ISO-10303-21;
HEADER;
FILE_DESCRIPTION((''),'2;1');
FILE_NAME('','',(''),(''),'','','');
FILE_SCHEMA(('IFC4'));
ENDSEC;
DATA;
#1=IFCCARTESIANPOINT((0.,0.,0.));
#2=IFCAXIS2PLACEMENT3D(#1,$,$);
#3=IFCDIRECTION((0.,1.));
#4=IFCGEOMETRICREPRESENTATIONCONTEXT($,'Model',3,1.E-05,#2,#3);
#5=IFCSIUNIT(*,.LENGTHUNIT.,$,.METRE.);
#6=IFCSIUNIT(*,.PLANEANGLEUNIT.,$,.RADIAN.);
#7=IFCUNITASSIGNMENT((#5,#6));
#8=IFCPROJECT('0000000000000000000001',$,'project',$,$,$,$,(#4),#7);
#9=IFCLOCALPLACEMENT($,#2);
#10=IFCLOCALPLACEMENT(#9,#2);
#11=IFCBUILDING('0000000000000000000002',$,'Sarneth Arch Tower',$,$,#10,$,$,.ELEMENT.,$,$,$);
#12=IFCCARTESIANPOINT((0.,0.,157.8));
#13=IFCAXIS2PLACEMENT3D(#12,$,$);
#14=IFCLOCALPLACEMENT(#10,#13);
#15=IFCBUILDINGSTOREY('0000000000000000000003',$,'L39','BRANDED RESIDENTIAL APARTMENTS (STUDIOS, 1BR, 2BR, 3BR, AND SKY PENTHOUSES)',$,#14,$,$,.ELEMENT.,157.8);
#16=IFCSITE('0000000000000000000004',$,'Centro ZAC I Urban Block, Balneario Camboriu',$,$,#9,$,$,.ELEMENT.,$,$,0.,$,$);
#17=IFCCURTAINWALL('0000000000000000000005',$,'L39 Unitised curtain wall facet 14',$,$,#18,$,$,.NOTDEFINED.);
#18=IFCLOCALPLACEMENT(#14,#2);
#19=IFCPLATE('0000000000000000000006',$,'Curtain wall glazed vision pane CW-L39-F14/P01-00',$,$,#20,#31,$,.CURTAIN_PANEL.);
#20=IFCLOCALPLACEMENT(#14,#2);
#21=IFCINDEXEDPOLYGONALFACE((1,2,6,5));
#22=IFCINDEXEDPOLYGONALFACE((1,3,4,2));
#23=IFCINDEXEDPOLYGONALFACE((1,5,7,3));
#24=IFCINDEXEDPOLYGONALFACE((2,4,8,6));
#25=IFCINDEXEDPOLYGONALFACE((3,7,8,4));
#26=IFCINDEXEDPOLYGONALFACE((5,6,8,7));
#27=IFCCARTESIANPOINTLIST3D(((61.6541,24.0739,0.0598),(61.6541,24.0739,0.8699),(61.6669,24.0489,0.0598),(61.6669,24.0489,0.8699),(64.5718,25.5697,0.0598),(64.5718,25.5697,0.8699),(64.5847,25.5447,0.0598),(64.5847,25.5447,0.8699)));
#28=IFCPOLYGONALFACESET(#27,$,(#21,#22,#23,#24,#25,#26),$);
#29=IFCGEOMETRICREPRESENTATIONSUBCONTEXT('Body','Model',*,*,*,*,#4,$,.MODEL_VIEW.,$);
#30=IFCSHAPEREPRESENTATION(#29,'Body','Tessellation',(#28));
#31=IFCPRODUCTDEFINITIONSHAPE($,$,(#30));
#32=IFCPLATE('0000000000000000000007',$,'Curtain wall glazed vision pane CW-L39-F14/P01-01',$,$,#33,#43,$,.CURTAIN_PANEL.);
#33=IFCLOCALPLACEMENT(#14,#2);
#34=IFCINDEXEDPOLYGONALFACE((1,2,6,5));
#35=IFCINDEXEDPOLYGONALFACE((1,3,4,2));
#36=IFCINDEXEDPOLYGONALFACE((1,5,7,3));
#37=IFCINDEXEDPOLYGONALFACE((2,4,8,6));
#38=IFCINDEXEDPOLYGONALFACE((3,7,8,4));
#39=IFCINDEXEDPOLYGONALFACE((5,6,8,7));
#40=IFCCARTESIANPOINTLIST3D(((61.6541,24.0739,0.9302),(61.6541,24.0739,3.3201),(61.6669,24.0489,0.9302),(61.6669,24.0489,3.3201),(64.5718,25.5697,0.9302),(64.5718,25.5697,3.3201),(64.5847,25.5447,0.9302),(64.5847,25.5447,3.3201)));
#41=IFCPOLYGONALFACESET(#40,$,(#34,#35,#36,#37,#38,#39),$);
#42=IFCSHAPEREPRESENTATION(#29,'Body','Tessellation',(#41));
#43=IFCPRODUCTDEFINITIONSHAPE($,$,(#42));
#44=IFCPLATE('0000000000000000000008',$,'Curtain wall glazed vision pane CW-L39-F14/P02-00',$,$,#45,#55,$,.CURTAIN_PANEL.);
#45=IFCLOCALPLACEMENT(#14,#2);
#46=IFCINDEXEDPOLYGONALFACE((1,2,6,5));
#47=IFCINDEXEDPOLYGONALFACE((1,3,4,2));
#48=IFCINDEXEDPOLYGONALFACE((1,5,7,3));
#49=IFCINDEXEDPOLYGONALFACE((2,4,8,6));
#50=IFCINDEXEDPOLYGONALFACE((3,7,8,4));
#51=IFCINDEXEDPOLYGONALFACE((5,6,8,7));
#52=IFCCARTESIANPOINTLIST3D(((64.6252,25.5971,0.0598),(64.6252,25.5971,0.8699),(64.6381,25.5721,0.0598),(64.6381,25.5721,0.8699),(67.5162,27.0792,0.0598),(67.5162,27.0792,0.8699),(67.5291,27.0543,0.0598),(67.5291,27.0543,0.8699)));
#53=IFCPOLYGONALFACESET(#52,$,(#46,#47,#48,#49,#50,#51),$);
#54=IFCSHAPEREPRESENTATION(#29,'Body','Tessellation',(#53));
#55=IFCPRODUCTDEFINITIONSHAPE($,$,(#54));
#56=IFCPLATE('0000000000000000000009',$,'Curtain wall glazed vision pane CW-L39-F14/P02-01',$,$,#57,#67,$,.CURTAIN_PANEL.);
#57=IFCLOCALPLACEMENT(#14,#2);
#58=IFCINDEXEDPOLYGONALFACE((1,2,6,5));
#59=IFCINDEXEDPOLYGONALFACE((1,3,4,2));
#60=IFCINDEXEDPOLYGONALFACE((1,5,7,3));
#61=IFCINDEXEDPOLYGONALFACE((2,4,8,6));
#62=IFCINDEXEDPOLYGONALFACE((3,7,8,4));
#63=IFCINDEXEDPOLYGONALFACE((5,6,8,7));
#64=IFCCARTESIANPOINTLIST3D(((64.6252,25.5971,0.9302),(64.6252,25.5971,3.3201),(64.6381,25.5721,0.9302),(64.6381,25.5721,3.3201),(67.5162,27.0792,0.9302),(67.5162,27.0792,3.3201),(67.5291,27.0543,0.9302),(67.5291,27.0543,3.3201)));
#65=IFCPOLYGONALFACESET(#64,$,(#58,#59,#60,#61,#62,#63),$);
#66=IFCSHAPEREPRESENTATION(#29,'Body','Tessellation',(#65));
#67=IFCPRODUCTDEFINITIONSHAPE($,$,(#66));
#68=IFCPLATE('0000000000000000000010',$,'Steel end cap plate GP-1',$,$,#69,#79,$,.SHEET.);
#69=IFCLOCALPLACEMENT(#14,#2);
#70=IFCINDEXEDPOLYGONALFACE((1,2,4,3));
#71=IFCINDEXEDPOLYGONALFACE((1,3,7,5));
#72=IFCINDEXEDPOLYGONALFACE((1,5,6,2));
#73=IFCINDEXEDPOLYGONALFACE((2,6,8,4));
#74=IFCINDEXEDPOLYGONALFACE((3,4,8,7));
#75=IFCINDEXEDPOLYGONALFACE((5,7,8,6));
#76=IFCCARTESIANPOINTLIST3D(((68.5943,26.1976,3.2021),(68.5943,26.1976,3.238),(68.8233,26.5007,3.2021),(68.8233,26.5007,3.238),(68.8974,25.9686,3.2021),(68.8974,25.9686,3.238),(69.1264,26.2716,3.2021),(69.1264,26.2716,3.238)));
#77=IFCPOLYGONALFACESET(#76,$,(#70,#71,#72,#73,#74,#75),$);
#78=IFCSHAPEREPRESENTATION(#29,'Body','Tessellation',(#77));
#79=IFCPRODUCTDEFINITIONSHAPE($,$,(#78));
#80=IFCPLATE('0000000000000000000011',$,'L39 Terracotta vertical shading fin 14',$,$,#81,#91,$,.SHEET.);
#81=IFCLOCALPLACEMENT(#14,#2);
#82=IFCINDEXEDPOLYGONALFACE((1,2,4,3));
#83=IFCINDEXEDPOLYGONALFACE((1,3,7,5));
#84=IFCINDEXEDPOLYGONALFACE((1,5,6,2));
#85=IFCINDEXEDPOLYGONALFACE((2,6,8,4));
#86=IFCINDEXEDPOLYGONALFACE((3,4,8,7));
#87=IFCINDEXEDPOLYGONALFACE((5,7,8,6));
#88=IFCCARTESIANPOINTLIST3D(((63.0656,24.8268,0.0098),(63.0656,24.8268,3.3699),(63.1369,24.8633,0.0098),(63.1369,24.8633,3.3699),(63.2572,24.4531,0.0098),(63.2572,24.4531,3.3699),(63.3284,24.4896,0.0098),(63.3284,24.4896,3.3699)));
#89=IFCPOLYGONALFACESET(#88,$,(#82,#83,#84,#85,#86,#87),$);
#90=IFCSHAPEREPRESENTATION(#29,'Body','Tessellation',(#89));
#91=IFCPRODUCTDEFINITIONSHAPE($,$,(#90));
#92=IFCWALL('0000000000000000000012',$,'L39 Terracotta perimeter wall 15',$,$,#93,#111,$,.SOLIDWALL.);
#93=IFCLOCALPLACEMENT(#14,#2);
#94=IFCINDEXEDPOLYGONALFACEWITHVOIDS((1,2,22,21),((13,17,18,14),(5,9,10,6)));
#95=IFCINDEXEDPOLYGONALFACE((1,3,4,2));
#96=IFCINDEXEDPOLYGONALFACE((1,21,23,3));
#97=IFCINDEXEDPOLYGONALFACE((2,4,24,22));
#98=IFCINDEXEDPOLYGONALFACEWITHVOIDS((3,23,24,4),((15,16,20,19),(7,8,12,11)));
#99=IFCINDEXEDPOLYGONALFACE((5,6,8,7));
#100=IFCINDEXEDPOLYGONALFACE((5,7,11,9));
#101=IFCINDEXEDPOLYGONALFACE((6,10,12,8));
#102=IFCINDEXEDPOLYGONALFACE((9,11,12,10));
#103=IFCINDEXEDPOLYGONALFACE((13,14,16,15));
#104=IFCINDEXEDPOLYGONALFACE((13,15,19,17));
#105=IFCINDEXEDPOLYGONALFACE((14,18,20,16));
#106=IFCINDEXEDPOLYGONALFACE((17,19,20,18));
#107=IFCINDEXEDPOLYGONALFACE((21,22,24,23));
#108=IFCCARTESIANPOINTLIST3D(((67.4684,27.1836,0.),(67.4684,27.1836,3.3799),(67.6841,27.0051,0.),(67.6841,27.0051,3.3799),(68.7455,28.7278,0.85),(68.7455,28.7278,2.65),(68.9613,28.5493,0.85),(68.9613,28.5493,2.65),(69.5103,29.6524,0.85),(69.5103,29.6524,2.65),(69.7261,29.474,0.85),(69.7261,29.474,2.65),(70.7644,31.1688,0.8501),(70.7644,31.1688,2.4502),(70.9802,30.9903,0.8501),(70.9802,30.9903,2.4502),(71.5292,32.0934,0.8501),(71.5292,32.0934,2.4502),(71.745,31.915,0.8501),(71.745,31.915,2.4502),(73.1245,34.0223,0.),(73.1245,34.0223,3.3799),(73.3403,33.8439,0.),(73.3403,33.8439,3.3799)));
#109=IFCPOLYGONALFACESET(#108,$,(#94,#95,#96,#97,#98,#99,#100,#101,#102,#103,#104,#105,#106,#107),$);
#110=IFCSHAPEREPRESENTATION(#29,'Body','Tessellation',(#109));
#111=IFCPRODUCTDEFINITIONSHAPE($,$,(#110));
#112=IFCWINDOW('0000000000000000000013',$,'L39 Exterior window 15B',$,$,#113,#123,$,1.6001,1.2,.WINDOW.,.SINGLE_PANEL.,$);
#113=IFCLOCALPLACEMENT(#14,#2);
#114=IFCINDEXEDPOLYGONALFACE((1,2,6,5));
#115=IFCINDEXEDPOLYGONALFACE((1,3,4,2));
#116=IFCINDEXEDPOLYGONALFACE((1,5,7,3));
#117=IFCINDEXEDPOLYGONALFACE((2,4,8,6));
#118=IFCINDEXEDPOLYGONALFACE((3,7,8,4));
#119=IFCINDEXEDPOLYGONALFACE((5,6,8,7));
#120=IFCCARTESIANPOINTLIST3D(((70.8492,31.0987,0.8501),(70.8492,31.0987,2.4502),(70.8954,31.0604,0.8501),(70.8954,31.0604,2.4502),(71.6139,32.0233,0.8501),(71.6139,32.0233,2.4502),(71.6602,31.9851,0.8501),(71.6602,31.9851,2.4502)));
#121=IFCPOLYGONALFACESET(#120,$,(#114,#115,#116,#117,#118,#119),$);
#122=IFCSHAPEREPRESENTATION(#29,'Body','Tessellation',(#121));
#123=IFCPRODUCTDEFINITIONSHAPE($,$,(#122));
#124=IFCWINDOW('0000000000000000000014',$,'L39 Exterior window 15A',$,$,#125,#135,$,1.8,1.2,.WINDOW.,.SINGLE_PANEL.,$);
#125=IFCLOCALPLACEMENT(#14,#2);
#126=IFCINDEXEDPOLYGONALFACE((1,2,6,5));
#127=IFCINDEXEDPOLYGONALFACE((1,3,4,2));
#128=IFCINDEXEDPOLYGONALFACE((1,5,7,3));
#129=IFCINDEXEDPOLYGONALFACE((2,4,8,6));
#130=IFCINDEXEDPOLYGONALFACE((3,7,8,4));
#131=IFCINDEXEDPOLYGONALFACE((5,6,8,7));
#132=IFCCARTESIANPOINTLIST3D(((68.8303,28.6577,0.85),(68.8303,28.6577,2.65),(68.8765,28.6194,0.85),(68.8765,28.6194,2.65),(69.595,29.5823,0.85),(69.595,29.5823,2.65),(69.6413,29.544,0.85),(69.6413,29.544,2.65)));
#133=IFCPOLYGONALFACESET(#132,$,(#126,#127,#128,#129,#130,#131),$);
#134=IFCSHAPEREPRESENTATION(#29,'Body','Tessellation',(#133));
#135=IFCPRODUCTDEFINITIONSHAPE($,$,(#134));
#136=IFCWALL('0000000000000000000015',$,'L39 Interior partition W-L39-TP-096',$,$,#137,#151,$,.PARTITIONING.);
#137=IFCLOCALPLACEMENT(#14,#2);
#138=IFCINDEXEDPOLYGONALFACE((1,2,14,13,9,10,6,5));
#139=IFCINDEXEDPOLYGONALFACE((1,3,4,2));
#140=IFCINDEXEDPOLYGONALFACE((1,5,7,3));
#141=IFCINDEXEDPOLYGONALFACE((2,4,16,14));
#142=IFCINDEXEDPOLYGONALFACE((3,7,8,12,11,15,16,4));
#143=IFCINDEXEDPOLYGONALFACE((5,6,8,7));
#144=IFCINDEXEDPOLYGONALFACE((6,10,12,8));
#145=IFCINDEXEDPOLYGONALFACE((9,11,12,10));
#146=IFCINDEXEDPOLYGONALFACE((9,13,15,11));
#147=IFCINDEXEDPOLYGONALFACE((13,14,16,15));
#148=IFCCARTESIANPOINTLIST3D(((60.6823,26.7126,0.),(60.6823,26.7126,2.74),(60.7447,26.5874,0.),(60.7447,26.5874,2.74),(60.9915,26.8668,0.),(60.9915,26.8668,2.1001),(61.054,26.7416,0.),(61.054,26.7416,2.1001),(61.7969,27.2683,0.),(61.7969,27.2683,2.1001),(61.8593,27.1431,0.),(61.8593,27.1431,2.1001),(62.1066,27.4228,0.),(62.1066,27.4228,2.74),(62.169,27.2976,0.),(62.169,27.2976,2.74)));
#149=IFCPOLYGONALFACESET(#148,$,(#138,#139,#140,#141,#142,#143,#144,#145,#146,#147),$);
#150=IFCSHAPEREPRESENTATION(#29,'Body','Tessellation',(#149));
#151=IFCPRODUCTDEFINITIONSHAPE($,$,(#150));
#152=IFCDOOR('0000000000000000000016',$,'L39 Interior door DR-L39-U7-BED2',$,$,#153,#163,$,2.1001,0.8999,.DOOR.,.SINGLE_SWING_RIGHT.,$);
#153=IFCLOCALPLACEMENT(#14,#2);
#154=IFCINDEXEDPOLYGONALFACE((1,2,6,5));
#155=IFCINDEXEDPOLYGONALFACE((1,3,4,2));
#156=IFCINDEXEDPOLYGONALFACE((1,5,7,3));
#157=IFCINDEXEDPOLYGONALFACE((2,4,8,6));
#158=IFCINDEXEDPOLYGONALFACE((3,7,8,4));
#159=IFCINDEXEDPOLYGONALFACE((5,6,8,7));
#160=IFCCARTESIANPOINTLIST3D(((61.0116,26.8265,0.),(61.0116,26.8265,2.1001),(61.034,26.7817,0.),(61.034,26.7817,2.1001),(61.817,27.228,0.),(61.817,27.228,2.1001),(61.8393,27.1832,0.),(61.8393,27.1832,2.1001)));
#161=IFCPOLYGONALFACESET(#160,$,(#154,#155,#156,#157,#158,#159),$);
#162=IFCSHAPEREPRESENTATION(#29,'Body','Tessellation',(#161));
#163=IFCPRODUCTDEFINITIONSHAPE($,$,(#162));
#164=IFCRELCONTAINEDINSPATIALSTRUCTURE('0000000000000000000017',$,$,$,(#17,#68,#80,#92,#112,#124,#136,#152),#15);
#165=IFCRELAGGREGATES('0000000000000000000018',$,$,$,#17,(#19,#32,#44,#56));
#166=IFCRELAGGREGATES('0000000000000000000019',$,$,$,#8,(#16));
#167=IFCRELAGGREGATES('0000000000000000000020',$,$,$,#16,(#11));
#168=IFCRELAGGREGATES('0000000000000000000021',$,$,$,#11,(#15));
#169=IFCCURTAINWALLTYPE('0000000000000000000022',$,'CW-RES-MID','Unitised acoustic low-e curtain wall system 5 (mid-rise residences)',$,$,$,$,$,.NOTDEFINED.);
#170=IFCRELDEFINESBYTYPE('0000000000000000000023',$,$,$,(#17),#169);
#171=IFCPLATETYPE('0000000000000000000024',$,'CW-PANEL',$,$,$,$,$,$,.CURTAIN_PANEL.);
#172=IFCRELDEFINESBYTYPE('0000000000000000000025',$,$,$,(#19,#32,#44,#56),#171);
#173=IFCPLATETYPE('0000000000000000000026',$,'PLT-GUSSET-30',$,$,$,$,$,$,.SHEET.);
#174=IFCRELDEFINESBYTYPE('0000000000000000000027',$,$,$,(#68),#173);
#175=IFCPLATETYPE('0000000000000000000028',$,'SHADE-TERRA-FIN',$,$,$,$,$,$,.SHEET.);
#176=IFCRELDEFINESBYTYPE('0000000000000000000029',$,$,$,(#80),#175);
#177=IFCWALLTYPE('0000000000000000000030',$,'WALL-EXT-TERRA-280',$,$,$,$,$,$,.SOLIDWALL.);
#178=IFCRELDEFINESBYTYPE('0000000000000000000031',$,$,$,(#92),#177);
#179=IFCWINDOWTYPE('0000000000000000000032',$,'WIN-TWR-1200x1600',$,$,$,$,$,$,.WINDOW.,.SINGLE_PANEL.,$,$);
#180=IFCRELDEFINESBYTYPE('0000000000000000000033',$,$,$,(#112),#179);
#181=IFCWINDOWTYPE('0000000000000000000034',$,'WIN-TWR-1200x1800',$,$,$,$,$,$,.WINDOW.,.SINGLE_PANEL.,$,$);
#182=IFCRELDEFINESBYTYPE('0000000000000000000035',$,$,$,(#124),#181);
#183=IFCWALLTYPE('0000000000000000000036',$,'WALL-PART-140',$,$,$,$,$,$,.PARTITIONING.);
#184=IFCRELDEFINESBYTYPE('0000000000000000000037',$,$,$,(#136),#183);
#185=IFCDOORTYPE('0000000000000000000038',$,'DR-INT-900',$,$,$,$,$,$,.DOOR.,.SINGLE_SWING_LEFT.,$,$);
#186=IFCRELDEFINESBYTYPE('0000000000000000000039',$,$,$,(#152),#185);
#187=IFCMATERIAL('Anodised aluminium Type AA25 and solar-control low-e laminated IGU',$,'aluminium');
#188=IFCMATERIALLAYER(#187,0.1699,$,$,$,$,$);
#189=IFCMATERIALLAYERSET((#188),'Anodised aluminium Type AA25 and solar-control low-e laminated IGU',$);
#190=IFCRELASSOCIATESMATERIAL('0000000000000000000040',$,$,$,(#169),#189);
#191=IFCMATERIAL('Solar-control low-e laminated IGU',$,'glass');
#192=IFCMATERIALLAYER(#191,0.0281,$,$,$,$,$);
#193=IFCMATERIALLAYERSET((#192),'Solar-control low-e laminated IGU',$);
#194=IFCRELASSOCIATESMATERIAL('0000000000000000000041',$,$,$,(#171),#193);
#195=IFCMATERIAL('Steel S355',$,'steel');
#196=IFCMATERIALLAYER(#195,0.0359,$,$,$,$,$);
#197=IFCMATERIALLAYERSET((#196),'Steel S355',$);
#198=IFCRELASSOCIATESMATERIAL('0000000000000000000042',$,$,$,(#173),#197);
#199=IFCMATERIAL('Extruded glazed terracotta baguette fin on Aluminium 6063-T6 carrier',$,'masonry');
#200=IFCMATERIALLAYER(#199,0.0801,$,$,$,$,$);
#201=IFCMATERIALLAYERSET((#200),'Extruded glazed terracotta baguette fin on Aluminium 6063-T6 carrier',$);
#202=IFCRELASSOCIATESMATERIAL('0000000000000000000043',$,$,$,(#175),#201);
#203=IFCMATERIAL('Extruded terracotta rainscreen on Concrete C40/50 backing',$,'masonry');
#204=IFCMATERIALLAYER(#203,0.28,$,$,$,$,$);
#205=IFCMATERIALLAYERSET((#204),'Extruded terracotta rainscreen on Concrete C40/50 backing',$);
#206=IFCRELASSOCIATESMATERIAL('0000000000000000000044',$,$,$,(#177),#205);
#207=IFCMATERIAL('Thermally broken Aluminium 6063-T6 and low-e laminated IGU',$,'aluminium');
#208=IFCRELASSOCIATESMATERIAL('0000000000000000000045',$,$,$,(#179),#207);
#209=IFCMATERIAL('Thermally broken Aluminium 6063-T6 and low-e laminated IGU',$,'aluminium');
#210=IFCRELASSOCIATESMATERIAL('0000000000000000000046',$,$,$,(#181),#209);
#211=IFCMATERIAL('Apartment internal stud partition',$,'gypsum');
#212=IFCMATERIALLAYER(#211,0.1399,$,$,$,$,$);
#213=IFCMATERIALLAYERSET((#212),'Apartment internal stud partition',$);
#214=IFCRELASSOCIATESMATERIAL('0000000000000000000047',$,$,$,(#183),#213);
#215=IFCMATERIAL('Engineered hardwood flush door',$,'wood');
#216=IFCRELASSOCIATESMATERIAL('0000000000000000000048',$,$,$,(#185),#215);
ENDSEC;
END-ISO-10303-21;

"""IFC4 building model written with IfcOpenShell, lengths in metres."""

from ifc_helpers import new_model, si_unit, direction, frame, frame_2d, origin, origin_2d, place, context, subcontext, project, spatial, rectangle, extrude, material, layer, layer_set, type_object, element, fill, aggregate, save


model = new_model("IFC4")

# Units and contexts
model_context = context("Model", 3, precision=1e-05, world=origin(), true_north=direction((0.0, 1.0)))
body_context = subcontext(model_context, "Body", "Model", "MODEL_VIEW")
ifc_project = project(units=[si_unit("LENGTHUNIT", "METRE"), si_unit("PLANEANGLEUNIT", "RADIAN")], contexts=[model_context])

# Site, building, storey
site_placement = place(None, origin())
site = spatial("IfcSite", under=ifc_project, at=site_placement, Name="Centro ZAC I Urban Block, Balneario Camboriu", CompositionType="ELEMENT", RefElevation=0.0)
building_placement = place(site_placement, origin())
building = spatial("IfcBuilding", under=site, at=building_placement, Name="Sarneth Arch Tower", CompositionType="ELEMENT")
storey_placement = place(building_placement, frame((0.0, 0.0, 157.8)))
storey = spatial("IfcBuildingStorey", under=building, at=storey_placement, Name="L39", Description="BRANDED RESIDENTIAL APARTMENTS (STUDIOS, 1BR, 2BR, 3BR, AND SKY PENTHOUSES)", CompositionType="ELEMENT", Elevation=157.8)

# Curtain wall, plates
ifc_material_1 = material(Name="Anodised aluminium Type AA25 and solar-control low-e laminated IGU", Category="aluminium")
ifc_layer_1 = layer(ifc_material_1, 0.1699)
ifc_layer_set_1 = layer_set([ifc_layer_1], Name="Anodised aluminium Type AA25 and solar-control low-e laminated IGU")
curtain_wall_type = type_object("IfcCurtainWallType", Name="CW-RES-MID", Description="Unitised acoustic low-e curtain wall system 5 (mid-rise residences)", PredefinedType="NOTDEFINED", material=ifc_layer_set_1)
curtain_wall_placement = place(storey_placement, origin())
curtain_wall = element("IfcCurtainWall", 1, at=curtain_wall_placement, inside=storey, type_object=curtain_wall_type, Name="L39 Unitised curtain wall facet 14", PredefinedType="NOTDEFINED")
ifc_material_2 = material(Name="Solar-control low-e laminated IGU", Category="glass")
ifc_layer_2 = layer(ifc_material_2, 0.0281)
ifc_layer_set_2 = layer_set([ifc_layer_2], Name="Solar-control low-e laminated IGU")
plate_type_1 = type_object("IfcPlateType", Name="CW-PANEL", PredefinedType="CURTAIN_PANEL", material=ifc_layer_set_2)
plate_1_placement = place(storey_placement, frame((63.1194, 24.8093, 0.0598), z_axis=(0.0, 0.0, 1.0), x_axis=(0.889873, 0.456208, 0.0)))
plate_1 = element("IfcPlate", 2, at=plate_1_placement, type_object=plate_type_1, Name="Curtain wall glazed vision pane CW-L39-F14/P01-00", PredefinedType="CURTAIN_PANEL", context=body_context, shape_type="SweptSolid", body=[
    extrude(rectangle(XDim=3.2788, YDim=0.0281, at=origin_2d()), origin(), (0.0, 0.0, 1.0), 0.8101),
])
plate_2_placement = place(storey_placement, frame((63.1194, 24.8093, 0.9302), z_axis=(0.0, 0.0, 1.0), x_axis=(0.889873, 0.456208, 0.0)))
plate_2 = element("IfcPlate", 3, at=plate_2_placement, type_object=plate_type_1, Name="Curtain wall glazed vision pane CW-L39-F14/P01-01", PredefinedType="CURTAIN_PANEL", context=body_context, shape_type="SweptSolid", body=[
    extrude(rectangle(XDim=3.2788, YDim=0.0281, at=origin_2d()), origin(), (0.0, 0.0, 1.0), 2.3899),
])
plate_3_placement = place(storey_placement, frame((66.0771, 26.3257, 0.0598), z_axis=(0.0, 0.0, 1.0), x_axis=(0.889873, 0.456208, 0.0)))
plate_3 = element("IfcPlate", 4, at=plate_3_placement, type_object=plate_type_1, Name="Curtain wall glazed vision pane CW-L39-F14/P02-00", PredefinedType="CURTAIN_PANEL", context=body_context, shape_type="SweptSolid", body=[
    extrude(rectangle(XDim=3.2488, YDim=0.0281, at=origin_2d()), origin(), (0.0, 0.0, 1.0), 0.8101),
])
plate_4_placement = place(storey_placement, frame((66.0771, 26.3257, 0.9302), z_axis=(0.0, 0.0, 1.0), x_axis=(0.889873, 0.456208, 0.0)))
plate_4 = element("IfcPlate", 5, at=plate_4_placement, type_object=plate_type_1, Name="Curtain wall glazed vision pane CW-L39-F14/P02-01", PredefinedType="CURTAIN_PANEL", context=body_context, shape_type="SweptSolid", body=[
    extrude(rectangle(XDim=3.2488, YDim=0.0281, at=origin_2d()), origin(), (0.0, 0.0, 1.0), 2.3899),
])
aggregate(curtain_wall, [plate_1, plate_2, plate_3, plate_4])

# Plates
ifc_material_3 = material(Name="Steel S355", Category="steel")
ifc_layer_3 = layer(ifc_material_3, 0.0359)
ifc_layer_set_3 = layer_set([ifc_layer_3], Name="Steel S355")
plate_type_2 = type_object("IfcPlateType", Name="PLT-GUSSET-30", PredefinedType="SHEET", material=ifc_layer_set_3)
plate_5_placement = place(storey_placement, frame((68.8604, 26.2346, 3.2021), z_axis=(0.0, 0.0, 1.0), x_axis=(0.797794, -0.60293, 0.0)))
element("IfcPlate", 6, at=plate_5_placement, inside=storey, type_object=plate_type_2, Name="Steel end cap plate GP-1", PredefinedType="SHEET", context=body_context, shape_type="SweptSolid", body=[
    extrude(rectangle(XDim=0.3799, YDim=0.3799, at=origin_2d()), origin(), (0.0, 0.0, 1.0), 0.0359),
])
ifc_material_4 = material(Name="Extruded glazed terracotta baguette fin on Aluminium 6063-T6 carrier", Category="masonry")
ifc_layer_4 = layer(ifc_material_4, 0.0801)
ifc_layer_set_4 = layer_set([ifc_layer_4], Name="Extruded glazed terracotta baguette fin on Aluminium 6063-T6 carrier")
plate_type_3 = type_object("IfcPlateType", Name="SHADE-TERRA-FIN", PredefinedType="SHEET", material=ifc_layer_set_4)
plate_6_placement = place(storey_placement, frame((63.197, 24.6582, 0.0098), z_axis=(0.0, 0.0, 1.0), x_axis=(0.456166, -0.889895, 0.0)))
element("IfcPlate", 7, at=plate_6_placement, inside=storey, type_object=plate_type_3, Name="L39 Terracotta vertical shading fin 14", PredefinedType="SHEET", context=body_context, shape_type="SweptSolid", body=[
    extrude(rectangle(XDim=0.4199, YDim=0.0801, at=origin_2d()), origin(), (0.0, 0.0, 1.0), 3.3601),
])

# Wall, openings, windows
ifc_material_5 = material(Name="Extruded terracotta rainscreen on Concrete C40/50 backing", Category="masonry")
ifc_layer_5 = layer(ifc_material_5, 0.28)
ifc_layer_set_5 = layer_set([ifc_layer_5], Name="Extruded terracotta rainscreen on Concrete C40/50 backing")
wall_type_1 = type_object("IfcWallType", Name="WALL-EXT-TERRA-280", PredefinedType="SOLIDWALL", material=ifc_layer_set_5)
wall_1_placement = place(storey_placement, frame((67.5762, 27.0942, 0.0), z_axis=(0.0, 0.0, 1.0), x_axis=(0.637333, 0.770588, 0.0)))
wall_1 = element("IfcWall", 8, at=wall_1_placement, inside=storey, type_object=wall_type_1, Name="L39 Terracotta perimeter wall 15", PredefinedType="SOLIDWALL", context=body_context, shape_type="SweptSolid", body=[
    extrude(rectangle(XDim=8.8748, YDim=0.28, at=frame_2d((4.4375, 0.0))), origin(), (0.0, 0.0, 1.0), 3.3799),
])
opening_1_placement = place(wall_1_placement, frame((2.0039, 0.0, 0.8501)))
opening_1 = element("IfcOpeningElement", 9, at=opening_1_placement, cuts=wall_1, PredefinedType="OPENING", context=body_context, shape_type="SweptSolid", body=[
    extrude(rectangle(XDim=1.2, YDim=1.8, at=frame_2d((0.6001, 0.8999))), frame((0.0, 0.1499, 0.0), z_axis=(0.0, -1.0, 0.0), x_axis=(1.0, 0.0, 0.0)), (0.0, 0.0, 1.0), 0.3),
])
opening_2_placement = place(wall_1_placement, frame((5.1716, 0.0, 0.8501)))
opening_2 = element("IfcOpeningElement", 10, at=opening_2_placement, cuts=wall_1, PredefinedType="OPENING", context=body_context, shape_type="SweptSolid", body=[
    extrude(rectangle(XDim=1.2, YDim=1.6001, at=frame_2d((0.6001, 0.8))), frame((0.0, 0.1499, 0.0), z_axis=(0.0, -1.0, 0.0), x_axis=(1.0, 0.0, 0.0)), (0.0, 0.0, 1.0), 0.3),
])
ifc_material_6 = material(Name="Thermally broken Aluminium 6063-T6 and low-e laminated IGU", Category="aluminium")
window_type_1 = type_object("IfcWindowType", Name="WIN-TWR-1200x1600", PartitioningType="SINGLE_PANEL", PredefinedType="WINDOW", material=ifc_material_6)
window_1_placement = place(opening_2_placement, origin())
window_1 = element("IfcWindow", 11, at=window_1_placement, inside=storey, type_object=window_type_1, Name="L39 Exterior window 15B", OverallHeight=1.6001, OverallWidth=1.2, PartitioningType="SINGLE_PANEL", PredefinedType="WINDOW", context=body_context, shape_type="SweptSolid", body=[
    extrude(rectangle(XDim=1.2, YDim=1.6001, at=frame_2d((0.6001, 0.8))), frame((0.0, 0.03, 0.0), z_axis=(0.0, -1.0, 0.0), x_axis=(1.0, 0.0, 0.0)), (0.0, 0.0, 1.0), 0.0601),
])
fill(opening_2, window_1)
ifc_material_7 = material(Name="Thermally broken Aluminium 6063-T6 and low-e laminated IGU", Category="aluminium")
window_type_2 = type_object("IfcWindowType", Name="WIN-TWR-1200x1800", PartitioningType="SINGLE_PANEL", PredefinedType="WINDOW", material=ifc_material_7)
window_2_placement = place(opening_1_placement, origin())
window_2 = element("IfcWindow", 12, at=window_2_placement, inside=storey, type_object=window_type_2, Name="L39 Exterior window 15A", OverallHeight=1.8, OverallWidth=1.2, PartitioningType="SINGLE_PANEL", PredefinedType="WINDOW", context=body_context, shape_type="SweptSolid", body=[
    extrude(rectangle(XDim=1.2, YDim=1.8, at=frame_2d((0.6001, 0.8999))), frame((0.0, 0.03, 0.0), z_axis=(0.0, -1.0, 0.0), x_axis=(1.0, 0.0, 0.0)), (0.0, 0.0, 1.0), 0.0601),
])
fill(opening_1, window_2)

# Wall, opening, door
ifc_material_8 = material(Name="Apartment internal stud partition", Category="gypsum")
ifc_layer_6 = layer(ifc_material_8, 0.1399)
ifc_layer_set_6 = layer_set([ifc_layer_6], Name="Apartment internal stud partition")
wall_type_2 = type_object("IfcWallType", Name="WALL-PART-140", PredefinedType="PARTITIONING", material=ifc_layer_set_6)
wall_2_placement = place(storey_placement, frame((60.7134, 26.6499, 0.0), z_axis=(0.0, 0.0, 1.0), x_axis=(0.894918, 0.446232, 0.0)))
wall_2 = element("IfcWall", 13, at=wall_2_placement, inside=storey, type_object=wall_type_2, Name="L39 Interior partition W-L39-TP-096", PredefinedType="PARTITIONING", context=body_context, shape_type="SweptSolid", body=[
    extrude(rectangle(XDim=1.5916, YDim=0.1399, at=frame_2d((0.7959, 0.0))), origin(), (0.0, 0.0, 1.0), 2.74),
])
opening_3_placement = place(wall_2_placement, frame((0.3457, 0.0, 0.0)))
opening_3 = element("IfcOpeningElement", 14, at=opening_3_placement, cuts=wall_2, PredefinedType="OPENING", context=body_context, shape_type="SweptSolid", body=[
    extrude(rectangle(XDim=0.8999, YDim=2.1001, at=frame_2d((0.45, 1.05))), frame((0.0, 0.0798, 0.0), z_axis=(0.0, -1.0, 0.0), x_axis=(1.0, 0.0, 0.0)), (0.0, 0.0, 1.0), 0.1599),
])
ifc_material_9 = material(Name="Engineered hardwood flush door", Category="wood")
door_type = type_object("IfcDoorType", Name="DR-INT-900", OperationType="SINGLE_SWING_LEFT", PredefinedType="DOOR", material=ifc_material_9)
door_placement = place(opening_3_placement, origin())
door = element("IfcDoor", 15, at=door_placement, inside=storey, type_object=door_type, Name="L39 Interior door DR-L39-U7-BED2", OperationType="SINGLE_SWING_RIGHT", OverallHeight=2.1001, OverallWidth=0.8999, PredefinedType="DOOR", context=body_context, shape_type="SweptSolid", body=[
    extrude(rectangle(XDim=0.8999, YDim=2.1001, at=frame_2d((0.45, 1.05))), frame((0.0, 0.0249, 0.0), z_axis=(0.0, -1.0, 0.0), x_axis=(1.0, 0.0, 0.0)), (0.0, 0.0, 1.0), 0.05),
])
fill(opening_3, door)

save(model, "model.ifc")
